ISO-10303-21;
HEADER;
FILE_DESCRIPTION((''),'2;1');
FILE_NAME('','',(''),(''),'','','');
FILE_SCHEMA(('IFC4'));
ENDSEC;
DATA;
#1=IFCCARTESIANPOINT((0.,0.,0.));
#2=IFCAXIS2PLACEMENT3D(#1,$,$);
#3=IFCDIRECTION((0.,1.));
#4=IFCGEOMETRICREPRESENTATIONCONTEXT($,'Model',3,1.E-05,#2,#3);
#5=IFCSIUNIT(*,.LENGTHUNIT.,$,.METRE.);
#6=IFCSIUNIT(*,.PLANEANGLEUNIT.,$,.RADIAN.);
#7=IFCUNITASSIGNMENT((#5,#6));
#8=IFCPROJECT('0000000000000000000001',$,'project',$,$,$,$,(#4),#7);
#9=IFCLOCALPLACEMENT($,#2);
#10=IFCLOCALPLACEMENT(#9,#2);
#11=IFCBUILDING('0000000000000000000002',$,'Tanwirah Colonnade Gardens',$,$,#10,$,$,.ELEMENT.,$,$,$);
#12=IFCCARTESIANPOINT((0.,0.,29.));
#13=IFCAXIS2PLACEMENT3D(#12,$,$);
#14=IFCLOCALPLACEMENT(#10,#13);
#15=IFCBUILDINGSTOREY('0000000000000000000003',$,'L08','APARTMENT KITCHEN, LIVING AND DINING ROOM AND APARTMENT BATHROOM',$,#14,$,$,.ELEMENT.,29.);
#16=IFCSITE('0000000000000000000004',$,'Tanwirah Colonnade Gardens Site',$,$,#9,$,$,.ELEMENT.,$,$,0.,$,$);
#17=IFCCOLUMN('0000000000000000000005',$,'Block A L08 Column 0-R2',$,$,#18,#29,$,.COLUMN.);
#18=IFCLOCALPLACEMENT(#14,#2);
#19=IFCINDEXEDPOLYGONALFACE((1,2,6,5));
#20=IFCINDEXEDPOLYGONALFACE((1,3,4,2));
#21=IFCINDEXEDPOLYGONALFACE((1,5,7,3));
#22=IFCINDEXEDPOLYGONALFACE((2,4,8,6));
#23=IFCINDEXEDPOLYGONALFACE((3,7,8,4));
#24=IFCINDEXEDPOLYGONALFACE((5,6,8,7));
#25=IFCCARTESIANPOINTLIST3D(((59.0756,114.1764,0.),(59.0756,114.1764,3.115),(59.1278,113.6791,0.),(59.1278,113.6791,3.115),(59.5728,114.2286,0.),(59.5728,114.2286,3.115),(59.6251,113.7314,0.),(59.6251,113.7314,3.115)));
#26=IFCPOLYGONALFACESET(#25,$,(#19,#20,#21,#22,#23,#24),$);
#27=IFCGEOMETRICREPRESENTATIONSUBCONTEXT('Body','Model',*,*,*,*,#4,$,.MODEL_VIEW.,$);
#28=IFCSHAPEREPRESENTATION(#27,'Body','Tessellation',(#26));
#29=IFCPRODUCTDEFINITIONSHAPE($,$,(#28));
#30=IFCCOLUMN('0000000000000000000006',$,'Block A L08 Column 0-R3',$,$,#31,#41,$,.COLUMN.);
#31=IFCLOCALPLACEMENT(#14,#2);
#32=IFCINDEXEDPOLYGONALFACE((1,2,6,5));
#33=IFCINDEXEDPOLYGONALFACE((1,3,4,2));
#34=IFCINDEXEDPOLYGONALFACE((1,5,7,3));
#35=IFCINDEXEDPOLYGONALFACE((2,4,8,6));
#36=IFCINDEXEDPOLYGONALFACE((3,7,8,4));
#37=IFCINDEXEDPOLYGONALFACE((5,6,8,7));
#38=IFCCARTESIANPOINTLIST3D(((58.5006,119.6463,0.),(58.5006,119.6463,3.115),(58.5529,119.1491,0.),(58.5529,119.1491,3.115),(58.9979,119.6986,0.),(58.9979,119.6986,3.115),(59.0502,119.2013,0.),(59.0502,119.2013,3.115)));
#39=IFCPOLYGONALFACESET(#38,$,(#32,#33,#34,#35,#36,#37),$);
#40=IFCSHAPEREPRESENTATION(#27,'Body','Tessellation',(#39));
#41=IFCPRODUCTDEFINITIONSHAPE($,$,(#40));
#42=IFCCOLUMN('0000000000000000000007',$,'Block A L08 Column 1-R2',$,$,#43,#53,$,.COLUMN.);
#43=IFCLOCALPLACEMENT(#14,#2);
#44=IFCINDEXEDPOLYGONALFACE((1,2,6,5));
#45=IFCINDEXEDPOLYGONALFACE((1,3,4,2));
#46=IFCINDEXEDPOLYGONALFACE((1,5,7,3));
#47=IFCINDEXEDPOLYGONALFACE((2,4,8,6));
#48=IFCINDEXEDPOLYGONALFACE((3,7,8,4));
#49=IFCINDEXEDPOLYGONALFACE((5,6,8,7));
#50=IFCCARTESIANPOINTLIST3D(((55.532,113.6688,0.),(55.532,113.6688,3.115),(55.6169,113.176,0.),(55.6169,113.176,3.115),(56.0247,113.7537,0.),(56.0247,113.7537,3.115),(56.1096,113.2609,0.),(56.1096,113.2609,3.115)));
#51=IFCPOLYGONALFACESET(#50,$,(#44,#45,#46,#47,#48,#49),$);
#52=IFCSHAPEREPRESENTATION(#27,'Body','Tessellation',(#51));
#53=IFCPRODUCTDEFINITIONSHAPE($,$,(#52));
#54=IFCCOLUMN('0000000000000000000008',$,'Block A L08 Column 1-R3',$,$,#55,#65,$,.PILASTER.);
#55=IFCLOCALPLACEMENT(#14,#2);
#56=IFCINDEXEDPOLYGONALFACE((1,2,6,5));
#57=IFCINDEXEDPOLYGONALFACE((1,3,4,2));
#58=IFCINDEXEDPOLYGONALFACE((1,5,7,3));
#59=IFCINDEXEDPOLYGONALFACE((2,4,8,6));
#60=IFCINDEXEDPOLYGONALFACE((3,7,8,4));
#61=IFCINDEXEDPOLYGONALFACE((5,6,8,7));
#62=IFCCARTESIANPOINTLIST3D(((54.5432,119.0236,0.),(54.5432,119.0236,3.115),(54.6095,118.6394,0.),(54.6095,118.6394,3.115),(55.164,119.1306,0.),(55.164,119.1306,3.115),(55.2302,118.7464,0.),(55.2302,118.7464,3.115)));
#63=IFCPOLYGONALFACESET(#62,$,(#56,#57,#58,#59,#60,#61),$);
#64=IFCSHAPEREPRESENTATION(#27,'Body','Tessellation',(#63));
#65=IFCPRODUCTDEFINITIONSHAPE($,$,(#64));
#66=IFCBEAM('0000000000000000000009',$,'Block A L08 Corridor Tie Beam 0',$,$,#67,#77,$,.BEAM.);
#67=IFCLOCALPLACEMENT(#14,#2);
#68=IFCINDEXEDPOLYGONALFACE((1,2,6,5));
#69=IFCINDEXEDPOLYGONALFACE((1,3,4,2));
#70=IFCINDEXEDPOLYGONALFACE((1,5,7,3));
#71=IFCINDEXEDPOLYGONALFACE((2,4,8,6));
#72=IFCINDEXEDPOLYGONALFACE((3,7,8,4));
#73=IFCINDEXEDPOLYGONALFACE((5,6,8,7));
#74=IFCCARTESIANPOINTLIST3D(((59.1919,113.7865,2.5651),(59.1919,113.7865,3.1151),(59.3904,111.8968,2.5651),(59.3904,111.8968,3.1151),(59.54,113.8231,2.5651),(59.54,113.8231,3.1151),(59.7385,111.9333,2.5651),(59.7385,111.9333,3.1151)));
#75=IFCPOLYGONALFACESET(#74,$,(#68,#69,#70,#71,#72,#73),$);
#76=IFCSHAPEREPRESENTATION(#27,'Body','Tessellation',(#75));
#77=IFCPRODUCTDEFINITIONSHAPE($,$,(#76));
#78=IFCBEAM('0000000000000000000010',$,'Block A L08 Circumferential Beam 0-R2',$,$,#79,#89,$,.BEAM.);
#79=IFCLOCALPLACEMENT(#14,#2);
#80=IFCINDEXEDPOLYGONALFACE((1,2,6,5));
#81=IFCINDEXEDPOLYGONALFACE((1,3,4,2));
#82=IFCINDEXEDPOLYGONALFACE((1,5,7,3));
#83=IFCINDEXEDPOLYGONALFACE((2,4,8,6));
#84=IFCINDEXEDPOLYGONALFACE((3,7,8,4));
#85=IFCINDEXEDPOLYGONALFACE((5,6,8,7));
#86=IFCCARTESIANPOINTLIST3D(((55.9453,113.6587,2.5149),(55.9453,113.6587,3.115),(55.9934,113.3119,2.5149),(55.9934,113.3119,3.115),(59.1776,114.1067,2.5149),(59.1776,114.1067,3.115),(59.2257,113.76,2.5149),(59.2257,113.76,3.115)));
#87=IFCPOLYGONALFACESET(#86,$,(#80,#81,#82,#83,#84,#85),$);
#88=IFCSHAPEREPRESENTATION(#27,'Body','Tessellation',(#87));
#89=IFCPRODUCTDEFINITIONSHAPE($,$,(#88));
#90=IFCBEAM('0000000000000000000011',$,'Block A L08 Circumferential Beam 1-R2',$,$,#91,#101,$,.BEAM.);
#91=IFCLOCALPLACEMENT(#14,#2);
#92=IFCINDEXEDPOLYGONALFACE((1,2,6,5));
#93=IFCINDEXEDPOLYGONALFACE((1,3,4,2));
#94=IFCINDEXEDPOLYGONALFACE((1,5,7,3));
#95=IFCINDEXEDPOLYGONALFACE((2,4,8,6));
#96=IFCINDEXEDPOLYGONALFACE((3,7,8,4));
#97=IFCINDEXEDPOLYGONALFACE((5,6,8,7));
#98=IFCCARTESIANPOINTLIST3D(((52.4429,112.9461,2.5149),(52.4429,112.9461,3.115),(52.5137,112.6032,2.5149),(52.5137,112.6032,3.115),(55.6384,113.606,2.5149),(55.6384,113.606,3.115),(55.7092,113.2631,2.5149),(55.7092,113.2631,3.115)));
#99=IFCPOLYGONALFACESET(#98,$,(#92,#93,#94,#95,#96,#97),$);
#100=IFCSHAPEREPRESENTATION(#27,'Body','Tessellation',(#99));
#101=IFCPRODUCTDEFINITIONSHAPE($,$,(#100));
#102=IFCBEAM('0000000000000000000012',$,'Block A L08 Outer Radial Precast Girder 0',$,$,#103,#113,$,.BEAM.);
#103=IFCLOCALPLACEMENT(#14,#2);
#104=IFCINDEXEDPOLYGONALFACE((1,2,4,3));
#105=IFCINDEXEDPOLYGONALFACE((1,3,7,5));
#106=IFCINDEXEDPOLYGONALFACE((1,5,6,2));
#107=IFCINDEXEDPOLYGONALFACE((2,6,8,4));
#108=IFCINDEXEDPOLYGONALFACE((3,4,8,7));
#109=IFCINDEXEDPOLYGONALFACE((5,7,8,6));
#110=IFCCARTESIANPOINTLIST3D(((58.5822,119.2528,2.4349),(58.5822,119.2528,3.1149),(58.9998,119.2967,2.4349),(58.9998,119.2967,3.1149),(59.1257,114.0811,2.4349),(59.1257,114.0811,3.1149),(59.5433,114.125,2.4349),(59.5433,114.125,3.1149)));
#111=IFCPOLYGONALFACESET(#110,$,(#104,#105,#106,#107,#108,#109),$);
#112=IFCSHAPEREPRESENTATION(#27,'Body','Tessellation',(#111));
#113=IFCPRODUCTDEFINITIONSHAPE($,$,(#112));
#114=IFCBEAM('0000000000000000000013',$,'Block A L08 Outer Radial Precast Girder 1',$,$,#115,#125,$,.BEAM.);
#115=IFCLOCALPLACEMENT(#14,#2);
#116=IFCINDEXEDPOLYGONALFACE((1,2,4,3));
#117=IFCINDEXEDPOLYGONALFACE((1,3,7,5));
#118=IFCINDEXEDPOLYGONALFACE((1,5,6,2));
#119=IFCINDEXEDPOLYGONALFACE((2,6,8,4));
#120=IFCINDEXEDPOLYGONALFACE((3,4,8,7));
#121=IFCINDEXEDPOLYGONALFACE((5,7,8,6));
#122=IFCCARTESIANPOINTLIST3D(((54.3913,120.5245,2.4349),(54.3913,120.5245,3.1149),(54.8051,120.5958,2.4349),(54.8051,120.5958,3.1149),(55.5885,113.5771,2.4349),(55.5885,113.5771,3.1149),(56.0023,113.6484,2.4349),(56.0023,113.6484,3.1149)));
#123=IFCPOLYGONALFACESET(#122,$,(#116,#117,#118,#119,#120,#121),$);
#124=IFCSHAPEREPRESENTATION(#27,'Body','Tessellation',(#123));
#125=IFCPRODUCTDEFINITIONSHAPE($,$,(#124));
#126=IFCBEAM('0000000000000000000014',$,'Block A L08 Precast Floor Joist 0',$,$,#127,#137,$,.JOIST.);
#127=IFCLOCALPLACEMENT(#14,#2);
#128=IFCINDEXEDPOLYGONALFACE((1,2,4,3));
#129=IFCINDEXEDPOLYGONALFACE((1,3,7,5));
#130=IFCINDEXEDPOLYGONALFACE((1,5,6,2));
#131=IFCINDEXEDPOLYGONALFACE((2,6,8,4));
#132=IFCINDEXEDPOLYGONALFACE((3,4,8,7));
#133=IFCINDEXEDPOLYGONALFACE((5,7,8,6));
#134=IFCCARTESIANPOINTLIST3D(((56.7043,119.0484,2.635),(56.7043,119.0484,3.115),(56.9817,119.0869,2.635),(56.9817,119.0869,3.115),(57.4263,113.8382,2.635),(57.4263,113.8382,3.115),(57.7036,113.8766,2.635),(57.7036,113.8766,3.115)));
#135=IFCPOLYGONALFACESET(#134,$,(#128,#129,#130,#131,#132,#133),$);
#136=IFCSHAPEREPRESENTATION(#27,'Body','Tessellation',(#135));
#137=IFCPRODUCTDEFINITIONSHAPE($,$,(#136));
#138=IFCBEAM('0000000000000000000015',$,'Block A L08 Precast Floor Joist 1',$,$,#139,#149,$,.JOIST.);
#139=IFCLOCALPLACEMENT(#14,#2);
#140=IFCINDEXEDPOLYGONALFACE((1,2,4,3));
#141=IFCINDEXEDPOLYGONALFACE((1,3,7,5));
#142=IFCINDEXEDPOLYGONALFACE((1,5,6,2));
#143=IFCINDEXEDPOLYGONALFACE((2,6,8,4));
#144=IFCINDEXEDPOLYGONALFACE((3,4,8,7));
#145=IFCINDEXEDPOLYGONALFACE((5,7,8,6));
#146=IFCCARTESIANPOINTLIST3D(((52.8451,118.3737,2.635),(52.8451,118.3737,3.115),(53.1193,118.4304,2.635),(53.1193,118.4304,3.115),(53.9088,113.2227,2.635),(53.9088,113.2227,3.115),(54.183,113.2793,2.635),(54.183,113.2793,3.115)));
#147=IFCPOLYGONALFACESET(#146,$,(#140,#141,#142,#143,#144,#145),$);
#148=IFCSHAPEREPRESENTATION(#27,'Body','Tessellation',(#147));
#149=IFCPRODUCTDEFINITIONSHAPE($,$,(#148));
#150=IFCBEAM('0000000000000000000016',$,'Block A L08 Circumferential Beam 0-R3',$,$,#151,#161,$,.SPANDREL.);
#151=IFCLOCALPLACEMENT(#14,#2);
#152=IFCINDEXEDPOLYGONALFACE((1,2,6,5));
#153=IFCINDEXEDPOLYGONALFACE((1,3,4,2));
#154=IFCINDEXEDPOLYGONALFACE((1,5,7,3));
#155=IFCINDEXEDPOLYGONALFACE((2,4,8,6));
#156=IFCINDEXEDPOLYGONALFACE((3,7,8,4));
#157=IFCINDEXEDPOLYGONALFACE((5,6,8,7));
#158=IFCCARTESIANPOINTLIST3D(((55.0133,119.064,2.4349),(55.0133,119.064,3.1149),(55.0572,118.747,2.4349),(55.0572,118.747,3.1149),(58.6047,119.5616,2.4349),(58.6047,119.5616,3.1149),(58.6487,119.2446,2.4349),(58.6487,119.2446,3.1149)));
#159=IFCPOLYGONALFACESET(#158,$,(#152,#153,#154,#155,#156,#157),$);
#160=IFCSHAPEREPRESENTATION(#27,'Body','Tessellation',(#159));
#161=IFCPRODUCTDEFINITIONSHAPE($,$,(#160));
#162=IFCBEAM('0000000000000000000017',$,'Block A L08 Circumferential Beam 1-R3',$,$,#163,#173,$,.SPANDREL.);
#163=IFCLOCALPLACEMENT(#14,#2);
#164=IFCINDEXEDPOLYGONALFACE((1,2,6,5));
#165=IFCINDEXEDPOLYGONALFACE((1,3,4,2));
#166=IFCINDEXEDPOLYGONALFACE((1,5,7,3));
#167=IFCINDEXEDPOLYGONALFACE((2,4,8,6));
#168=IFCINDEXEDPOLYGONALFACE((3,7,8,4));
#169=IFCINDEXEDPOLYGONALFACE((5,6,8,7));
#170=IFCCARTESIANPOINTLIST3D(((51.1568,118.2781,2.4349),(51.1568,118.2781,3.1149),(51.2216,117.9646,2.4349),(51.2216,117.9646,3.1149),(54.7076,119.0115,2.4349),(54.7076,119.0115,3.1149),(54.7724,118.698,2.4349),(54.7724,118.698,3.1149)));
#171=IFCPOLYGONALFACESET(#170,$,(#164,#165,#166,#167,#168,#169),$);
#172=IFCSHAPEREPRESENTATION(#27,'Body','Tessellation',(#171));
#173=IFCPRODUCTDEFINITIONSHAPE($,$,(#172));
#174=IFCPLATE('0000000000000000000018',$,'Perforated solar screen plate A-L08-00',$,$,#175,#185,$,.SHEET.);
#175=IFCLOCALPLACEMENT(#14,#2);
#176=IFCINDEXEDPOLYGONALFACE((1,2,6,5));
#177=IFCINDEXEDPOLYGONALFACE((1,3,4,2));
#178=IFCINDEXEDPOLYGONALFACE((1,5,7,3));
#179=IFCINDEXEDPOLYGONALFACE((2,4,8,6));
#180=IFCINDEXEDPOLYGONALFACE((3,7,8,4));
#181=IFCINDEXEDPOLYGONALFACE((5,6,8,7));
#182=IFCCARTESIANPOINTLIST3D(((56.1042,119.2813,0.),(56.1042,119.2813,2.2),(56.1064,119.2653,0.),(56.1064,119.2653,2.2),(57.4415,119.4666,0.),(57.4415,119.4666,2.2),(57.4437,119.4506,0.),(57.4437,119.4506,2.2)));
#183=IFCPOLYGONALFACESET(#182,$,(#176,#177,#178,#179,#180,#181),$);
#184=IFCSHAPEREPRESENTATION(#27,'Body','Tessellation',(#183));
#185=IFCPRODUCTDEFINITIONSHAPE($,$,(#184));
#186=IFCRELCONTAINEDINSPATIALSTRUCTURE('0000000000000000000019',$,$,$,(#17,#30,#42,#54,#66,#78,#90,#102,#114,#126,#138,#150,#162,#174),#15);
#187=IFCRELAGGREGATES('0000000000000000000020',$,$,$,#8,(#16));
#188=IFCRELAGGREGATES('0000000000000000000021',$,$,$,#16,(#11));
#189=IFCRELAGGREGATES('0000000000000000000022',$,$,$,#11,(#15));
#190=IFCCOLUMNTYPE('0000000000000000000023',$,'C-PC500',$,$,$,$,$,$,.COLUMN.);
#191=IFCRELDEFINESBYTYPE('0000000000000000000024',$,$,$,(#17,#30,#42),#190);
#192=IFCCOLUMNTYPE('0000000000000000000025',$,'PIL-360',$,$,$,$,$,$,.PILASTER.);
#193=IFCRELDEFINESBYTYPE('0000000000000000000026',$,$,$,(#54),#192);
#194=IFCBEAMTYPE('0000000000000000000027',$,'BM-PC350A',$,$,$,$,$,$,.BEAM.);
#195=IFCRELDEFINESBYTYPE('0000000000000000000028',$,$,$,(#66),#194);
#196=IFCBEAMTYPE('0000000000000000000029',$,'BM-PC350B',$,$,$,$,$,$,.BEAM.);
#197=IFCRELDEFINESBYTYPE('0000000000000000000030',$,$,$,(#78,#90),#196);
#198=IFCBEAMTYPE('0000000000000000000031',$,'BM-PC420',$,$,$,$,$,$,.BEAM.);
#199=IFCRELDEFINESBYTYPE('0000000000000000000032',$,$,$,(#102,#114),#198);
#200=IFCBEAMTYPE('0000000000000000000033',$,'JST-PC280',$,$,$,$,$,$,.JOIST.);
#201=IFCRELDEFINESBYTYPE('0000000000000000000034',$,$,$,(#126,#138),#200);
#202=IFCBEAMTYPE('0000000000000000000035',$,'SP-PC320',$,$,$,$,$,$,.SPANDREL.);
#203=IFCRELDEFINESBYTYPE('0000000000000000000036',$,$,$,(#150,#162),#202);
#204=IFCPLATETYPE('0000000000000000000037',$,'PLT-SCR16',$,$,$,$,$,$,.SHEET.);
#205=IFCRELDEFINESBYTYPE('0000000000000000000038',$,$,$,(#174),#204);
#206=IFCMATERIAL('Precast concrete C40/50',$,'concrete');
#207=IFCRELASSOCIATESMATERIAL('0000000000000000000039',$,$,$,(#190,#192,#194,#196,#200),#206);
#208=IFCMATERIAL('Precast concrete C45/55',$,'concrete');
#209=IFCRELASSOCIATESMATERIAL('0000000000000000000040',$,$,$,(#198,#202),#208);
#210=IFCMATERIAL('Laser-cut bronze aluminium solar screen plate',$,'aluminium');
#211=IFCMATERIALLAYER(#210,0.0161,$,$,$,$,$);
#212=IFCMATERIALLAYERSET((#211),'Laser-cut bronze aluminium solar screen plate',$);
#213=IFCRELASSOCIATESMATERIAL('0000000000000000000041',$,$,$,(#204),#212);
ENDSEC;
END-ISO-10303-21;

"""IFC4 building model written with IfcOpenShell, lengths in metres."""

from ifc_helpers import new_model, si_unit, direction, frame, origin, origin_2d, place, context, subcontext, project, spatial, rectangle, extrude, material, layer, layer_set, material_profile, profile_set, type_object, element, save


model = new_model("IFC4")

# Units and contexts
model_context = context("Model", 3, precision=1e-05, world=origin(), true_north=direction((0.0, 1.0)))
body_context = subcontext(model_context, "Body", "Model", "MODEL_VIEW")
ifc_project = project(units=[si_unit("LENGTHUNIT", "METRE"), si_unit("PLANEANGLEUNIT", "RADIAN")], contexts=[model_context])

# Site, building, storey
site_placement = place(None, origin())
site = spatial("IfcSite", under=ifc_project, at=site_placement, Name="Tanwirah Colonnade Gardens Site", CompositionType="ELEMENT", RefElevation=0.0)
building_placement = place(site_placement, origin())
building = spatial("IfcBuilding", under=site, at=building_placement, Name="Tanwirah Colonnade Gardens", CompositionType="ELEMENT")
storey_placement = place(building_placement, frame((0.0, 0.0, 29.0)))
storey = spatial("IfcBuildingStorey", under=building, at=storey_placement, Name="L08", Description="APARTMENT KITCHEN, LIVING AND DINING ROOM AND APARTMENT BATHROOM", CompositionType="ELEMENT", Elevation=29.0)

# Columns
ifc_material_1 = material(Name="Precast concrete C40/50", Category="concrete")
ifc_material_profile_1 = material_profile(ifc_material_1, rectangle(XDim=0.5, YDim=0.5, at=origin_2d()), Name="PC-COL 500x500")
ifc_profile_set_1 = profile_set([ifc_material_profile_1], Name="Precast concrete C40/50")
column_type_1 = type_object("IfcColumnType", Name="C-PC500", PredefinedType="COLUMN", material=ifc_profile_set_1)
for number, where, z_axis, x_axis, name in (
    (1, (59.3503, 113.9539, 0.0), (0.0, 0.0, 1.0), (-0.104528, 0.994522, 0.0), "Block A L08 Column 0-R2"),
    (2, (58.7754, 119.4238, 0.0), (0.0, 0.0, 1.0), (-0.104528, 0.994522, 0.0), "Block A L08 Column 0-R3"),
    (3, (55.8208, 113.4648, 0.0), (0.0, 0.0, 1.0), (-0.169827, 0.985474, 0.0), "Block A L08 Column 1-R2"),
):
    element("IfcColumn", number, at=place(storey_placement, frame(where, z_axis=z_axis, x_axis=x_axis)), inside=storey, type_object=column_type_1, Name=name, PredefinedType="COLUMN", context=body_context, shape_type="SweptSolid", body=[
        extrude(rectangle(XDim=0.5, YDim=0.5, at=origin_2d()), origin(), (0.0, 0.0, 1.0), 3.115),
    ])
ifc_material_profile_2 = material_profile(ifc_material_1, rectangle(XDim=0.3899, YDim=0.6299, at=origin_2d()), Name="PC-PIL 390x630")
ifc_profile_set_2 = profile_set([ifc_material_profile_2], Name="Precast concrete C40/50")
column_type_2 = type_object("IfcColumnType", Name="PIL-360", PredefinedType="PILASTER", material=ifc_profile_set_2)
column_placement = place(storey_placement, frame((54.8867, 118.885, 0.0), z_axis=(0.0, 0.0, 1.0), x_axis=(-0.169827, 0.985474, 0.0)))
element("IfcColumn", 4, at=column_placement, inside=storey, type_object=column_type_2, Name="Block A L08 Column 1-R3", PredefinedType="PILASTER", context=body_context, shape_type="SweptSolid", body=[
    extrude(rectangle(XDim=0.3899, YDim=0.6299, at=origin_2d()), origin(), (0.0, 0.0, 1.0), 3.115),
])

# Beams
ifc_material_profile_3 = material_profile(ifc_material_1, rectangle(XDim=0.3501, YDim=0.55, at=origin_2d()), Name="PC-BM 350x550")
ifc_profile_set_3 = profile_set([ifc_material_profile_3], Name="Precast concrete C40/50")
beam_type_1 = type_object("IfcBeamType", Name="BM-PC350A", PredefinedType="BEAM", material=ifc_profile_set_3)
beam_1_placement = place(storey_placement, frame((59.5645, 111.915, 2.8401), z_axis=(-0.104464, 0.994529, 0.0), x_axis=(-0.994529, -0.104464, 0.0)))
element("IfcBeam", 5, at=beam_1_placement, inside=storey, type_object=beam_type_1, Name="Block A L08 Corridor Tie Beam 0", PredefinedType="BEAM", context=body_context, shape_type="SweptSolid", body=[
    extrude(rectangle(XDim=0.3501, YDim=0.55, at=origin_2d()), origin(), (0.0, 0.0, 1.0), 1.9001),
])
ifc_material_profile_4 = material_profile(ifc_material_1, rectangle(XDim=0.3501, YDim=0.6001, at=origin_2d()), Name="PC-BM 350x600")
ifc_profile_set_4 = profile_set([ifc_material_profile_4], Name="Precast concrete C40/50")
beam_type_2 = type_object("IfcBeamType", Name="BM-PC350B", PredefinedType="BEAM", material=ifc_profile_set_4)
beam_2_placement = place(storey_placement, frame((59.2017, 113.9333, 2.8149), z_axis=(-0.99053, -0.137293, 0.0), x_axis=(0.137293, -0.99053, 0.0)))
element("IfcBeam", 6, at=beam_2_placement, inside=storey, type_object=beam_type_2, Name="Block A L08 Circumferential Beam 0-R2", PredefinedType="BEAM", context=body_context, shape_type="SweptSolid", body=[
    extrude(rectangle(XDim=0.3501, YDim=0.6001, at=origin_2d()), origin(), (0.0, 0.0, 1.0), 3.2632),
])
beam_3_placement = place(storey_placement, frame((55.6738, 113.4346, 2.8149), z_axis=(-0.979336, -0.202242, 0.0), x_axis=(0.202242, -0.979336, 0.0)))
element("IfcBeam", 7, at=beam_3_placement, inside=storey, type_object=beam_type_2, Name="Block A L08 Circumferential Beam 1-R2", PredefinedType="BEAM", context=body_context, shape_type="SweptSolid", body=[
    extrude(rectangle(XDim=0.3501, YDim=0.6001, at=origin_2d()), origin(), (0.0, 0.0, 1.0), 3.2629),
])
ifc_material_2 = material(Name="Precast concrete C45/55", Category="concrete")
ifc_material_profile_5 = material_profile(ifc_material_2, rectangle(XDim=0.4199, YDim=0.6799, at=origin_2d()), Name="PC-BM 420x680")
ifc_profile_set_5 = profile_set([ifc_material_profile_5], Name="Precast concrete C45/55")
beam_type_3 = type_object("IfcBeamType", Name="BM-PC420", PredefinedType="BEAM", material=ifc_profile_set_5)
beam_4_placement = place(storey_placement, frame((59.3345, 114.103, 2.7749), z_axis=(-0.104509, 0.994524, 0.0), x_axis=(-0.994524, -0.104509, 0.0)))
element("IfcBeam", 8, at=beam_4_placement, inside=storey, type_object=beam_type_3, Name="Block A L08 Outer Radial Precast Girder 0", PredefinedType="BEAM", context=body_context, shape_type="SweptSolid", body=[
    extrude(rectangle(XDim=0.4199, YDim=0.6799, at=origin_2d()), origin(), (0.0, 0.0, 1.0), 5.2002),
])
beam_5_placement = place(storey_placement, frame((55.7954, 113.6128, 2.7749), z_axis=(-0.169827, 0.985474, 0.0), x_axis=(-0.985474, -0.169827, 0.0)))
element("IfcBeam", 9, at=beam_5_placement, inside=storey, type_object=beam_type_3, Name="Block A L08 Outer Radial Precast Girder 1", PredefinedType="BEAM", context=body_context, shape_type="SweptSolid", body=[
    extrude(rectangle(XDim=0.4199, YDim=0.6799, at=origin_2d()), origin(), (0.0, 0.0, 1.0), 7.0498),
])
ifc_material_profile_6 = material_profile(ifc_material_1, rectangle(XDim=0.28, YDim=0.48, at=origin_2d()), Name="PC-JST 280x480")
ifc_profile_set_6 = profile_set([ifc_material_profile_6], Name="Precast concrete C40/50")
beam_type_4 = type_object("IfcBeamType", Name="JST-PC280", PredefinedType="JOIST", material=ifc_profile_set_6)
beam_6_placement = place(storey_placement, frame((57.5649, 113.8574, 2.875), z_axis=(-0.137248, 0.990537, 0.0), x_axis=(-0.990537, -0.137248, 0.0)))
element("IfcBeam", 10, at=beam_6_placement, inside=storey, type_object=beam_type_4, Name="Block A L08 Precast Floor Joist 0", PredefinedType="JOIST", context=body_context, shape_type="SweptSolid", body=[
    extrude(rectangle(XDim=0.28, YDim=0.48, at=origin_2d()), origin(), (0.0, 0.0, 1.0), 5.26),
])
beam_7_placement = place(storey_placement, frame((54.0459, 113.251, 2.875), z_axis=(-0.202236, 0.979337, 0.0), x_axis=(-0.979337, -0.202236, 0.0)))
element("IfcBeam", 11, at=beam_7_placement, inside=storey, type_object=beam_type_4, Name="Block A L08 Precast Floor Joist 1", PredefinedType="JOIST", context=body_context, shape_type="SweptSolid", body=[
    extrude(rectangle(XDim=0.28, YDim=0.48, at=origin_2d()), origin(), (0.0, 0.0, 1.0), 5.2598),
])
ifc_material_profile_7 = material_profile(ifc_material_2, rectangle(XDim=0.3201, YDim=0.6799, at=origin_2d()), Name="PC-SP 320x680")
ifc_profile_set_7 = profile_set([ifc_material_profile_7], Name="Precast concrete C45/55")
beam_type_5 = type_object("IfcBeamType", Name="SP-PC320", PredefinedType="SPANDREL", material=ifc_profile_set_7)
for number, where, z_axis, x_axis, name in (
    (12, (58.6267, 119.4031, 2.7749), (-0.990539, -0.137234, 0.0), (0.137234, -0.990539, 0.0), "Block A L08 Circumferential Beam 0-R3"),
    (13, (54.74, 118.8547, 2.7749), (-0.979329, -0.202276, 0.0), (0.202276, -0.979329, 0.0), "Block A L08 Circumferential Beam 1-R3"),
):
    element("IfcBeam", number, at=place(storey_placement, frame(where, z_axis=z_axis, x_axis=x_axis)), inside=storey, type_object=beam_type_5, Name=name, PredefinedType="SPANDREL", context=body_context, shape_type="SweptSolid", body=[
        extrude(rectangle(XDim=0.3201, YDim=0.6799, at=origin_2d()), origin(), (0.0, 0.0, 1.0), 3.6257),
    ])

# Plate
ifc_material_3 = material(Name="Laser-cut bronze aluminium solar screen plate", Category="aluminium")
ifc_layer_1 = layer(ifc_material_3, 0.0161)
ifc_layer_set_1 = layer_set([ifc_layer_1], Name="Laser-cut bronze aluminium solar screen plate")
plate_type = type_object("IfcPlateType", Name="PLT-SCR16", PredefinedType="SHEET", material=ifc_layer_set_1)
plate_placement = place(storey_placement, frame((56.7739, 119.366, 0.0), z_axis=(0.0, 0.0, 1.0), x_axis=(-0.990536, -0.137253, 0.0)))
element("IfcPlate", 14, at=plate_placement, inside=storey, type_object=plate_type, Name="Perforated solar screen plate A-L08-00", PredefinedType="SHEET", context=body_context, shape_type="SweptSolid", body=[
    extrude(rectangle(XDim=1.3501, YDim=0.0161, at=origin_2d()), origin(), (0.0, 0.0, 1.0), 2.2),
])

save(model, "model.ifc")
